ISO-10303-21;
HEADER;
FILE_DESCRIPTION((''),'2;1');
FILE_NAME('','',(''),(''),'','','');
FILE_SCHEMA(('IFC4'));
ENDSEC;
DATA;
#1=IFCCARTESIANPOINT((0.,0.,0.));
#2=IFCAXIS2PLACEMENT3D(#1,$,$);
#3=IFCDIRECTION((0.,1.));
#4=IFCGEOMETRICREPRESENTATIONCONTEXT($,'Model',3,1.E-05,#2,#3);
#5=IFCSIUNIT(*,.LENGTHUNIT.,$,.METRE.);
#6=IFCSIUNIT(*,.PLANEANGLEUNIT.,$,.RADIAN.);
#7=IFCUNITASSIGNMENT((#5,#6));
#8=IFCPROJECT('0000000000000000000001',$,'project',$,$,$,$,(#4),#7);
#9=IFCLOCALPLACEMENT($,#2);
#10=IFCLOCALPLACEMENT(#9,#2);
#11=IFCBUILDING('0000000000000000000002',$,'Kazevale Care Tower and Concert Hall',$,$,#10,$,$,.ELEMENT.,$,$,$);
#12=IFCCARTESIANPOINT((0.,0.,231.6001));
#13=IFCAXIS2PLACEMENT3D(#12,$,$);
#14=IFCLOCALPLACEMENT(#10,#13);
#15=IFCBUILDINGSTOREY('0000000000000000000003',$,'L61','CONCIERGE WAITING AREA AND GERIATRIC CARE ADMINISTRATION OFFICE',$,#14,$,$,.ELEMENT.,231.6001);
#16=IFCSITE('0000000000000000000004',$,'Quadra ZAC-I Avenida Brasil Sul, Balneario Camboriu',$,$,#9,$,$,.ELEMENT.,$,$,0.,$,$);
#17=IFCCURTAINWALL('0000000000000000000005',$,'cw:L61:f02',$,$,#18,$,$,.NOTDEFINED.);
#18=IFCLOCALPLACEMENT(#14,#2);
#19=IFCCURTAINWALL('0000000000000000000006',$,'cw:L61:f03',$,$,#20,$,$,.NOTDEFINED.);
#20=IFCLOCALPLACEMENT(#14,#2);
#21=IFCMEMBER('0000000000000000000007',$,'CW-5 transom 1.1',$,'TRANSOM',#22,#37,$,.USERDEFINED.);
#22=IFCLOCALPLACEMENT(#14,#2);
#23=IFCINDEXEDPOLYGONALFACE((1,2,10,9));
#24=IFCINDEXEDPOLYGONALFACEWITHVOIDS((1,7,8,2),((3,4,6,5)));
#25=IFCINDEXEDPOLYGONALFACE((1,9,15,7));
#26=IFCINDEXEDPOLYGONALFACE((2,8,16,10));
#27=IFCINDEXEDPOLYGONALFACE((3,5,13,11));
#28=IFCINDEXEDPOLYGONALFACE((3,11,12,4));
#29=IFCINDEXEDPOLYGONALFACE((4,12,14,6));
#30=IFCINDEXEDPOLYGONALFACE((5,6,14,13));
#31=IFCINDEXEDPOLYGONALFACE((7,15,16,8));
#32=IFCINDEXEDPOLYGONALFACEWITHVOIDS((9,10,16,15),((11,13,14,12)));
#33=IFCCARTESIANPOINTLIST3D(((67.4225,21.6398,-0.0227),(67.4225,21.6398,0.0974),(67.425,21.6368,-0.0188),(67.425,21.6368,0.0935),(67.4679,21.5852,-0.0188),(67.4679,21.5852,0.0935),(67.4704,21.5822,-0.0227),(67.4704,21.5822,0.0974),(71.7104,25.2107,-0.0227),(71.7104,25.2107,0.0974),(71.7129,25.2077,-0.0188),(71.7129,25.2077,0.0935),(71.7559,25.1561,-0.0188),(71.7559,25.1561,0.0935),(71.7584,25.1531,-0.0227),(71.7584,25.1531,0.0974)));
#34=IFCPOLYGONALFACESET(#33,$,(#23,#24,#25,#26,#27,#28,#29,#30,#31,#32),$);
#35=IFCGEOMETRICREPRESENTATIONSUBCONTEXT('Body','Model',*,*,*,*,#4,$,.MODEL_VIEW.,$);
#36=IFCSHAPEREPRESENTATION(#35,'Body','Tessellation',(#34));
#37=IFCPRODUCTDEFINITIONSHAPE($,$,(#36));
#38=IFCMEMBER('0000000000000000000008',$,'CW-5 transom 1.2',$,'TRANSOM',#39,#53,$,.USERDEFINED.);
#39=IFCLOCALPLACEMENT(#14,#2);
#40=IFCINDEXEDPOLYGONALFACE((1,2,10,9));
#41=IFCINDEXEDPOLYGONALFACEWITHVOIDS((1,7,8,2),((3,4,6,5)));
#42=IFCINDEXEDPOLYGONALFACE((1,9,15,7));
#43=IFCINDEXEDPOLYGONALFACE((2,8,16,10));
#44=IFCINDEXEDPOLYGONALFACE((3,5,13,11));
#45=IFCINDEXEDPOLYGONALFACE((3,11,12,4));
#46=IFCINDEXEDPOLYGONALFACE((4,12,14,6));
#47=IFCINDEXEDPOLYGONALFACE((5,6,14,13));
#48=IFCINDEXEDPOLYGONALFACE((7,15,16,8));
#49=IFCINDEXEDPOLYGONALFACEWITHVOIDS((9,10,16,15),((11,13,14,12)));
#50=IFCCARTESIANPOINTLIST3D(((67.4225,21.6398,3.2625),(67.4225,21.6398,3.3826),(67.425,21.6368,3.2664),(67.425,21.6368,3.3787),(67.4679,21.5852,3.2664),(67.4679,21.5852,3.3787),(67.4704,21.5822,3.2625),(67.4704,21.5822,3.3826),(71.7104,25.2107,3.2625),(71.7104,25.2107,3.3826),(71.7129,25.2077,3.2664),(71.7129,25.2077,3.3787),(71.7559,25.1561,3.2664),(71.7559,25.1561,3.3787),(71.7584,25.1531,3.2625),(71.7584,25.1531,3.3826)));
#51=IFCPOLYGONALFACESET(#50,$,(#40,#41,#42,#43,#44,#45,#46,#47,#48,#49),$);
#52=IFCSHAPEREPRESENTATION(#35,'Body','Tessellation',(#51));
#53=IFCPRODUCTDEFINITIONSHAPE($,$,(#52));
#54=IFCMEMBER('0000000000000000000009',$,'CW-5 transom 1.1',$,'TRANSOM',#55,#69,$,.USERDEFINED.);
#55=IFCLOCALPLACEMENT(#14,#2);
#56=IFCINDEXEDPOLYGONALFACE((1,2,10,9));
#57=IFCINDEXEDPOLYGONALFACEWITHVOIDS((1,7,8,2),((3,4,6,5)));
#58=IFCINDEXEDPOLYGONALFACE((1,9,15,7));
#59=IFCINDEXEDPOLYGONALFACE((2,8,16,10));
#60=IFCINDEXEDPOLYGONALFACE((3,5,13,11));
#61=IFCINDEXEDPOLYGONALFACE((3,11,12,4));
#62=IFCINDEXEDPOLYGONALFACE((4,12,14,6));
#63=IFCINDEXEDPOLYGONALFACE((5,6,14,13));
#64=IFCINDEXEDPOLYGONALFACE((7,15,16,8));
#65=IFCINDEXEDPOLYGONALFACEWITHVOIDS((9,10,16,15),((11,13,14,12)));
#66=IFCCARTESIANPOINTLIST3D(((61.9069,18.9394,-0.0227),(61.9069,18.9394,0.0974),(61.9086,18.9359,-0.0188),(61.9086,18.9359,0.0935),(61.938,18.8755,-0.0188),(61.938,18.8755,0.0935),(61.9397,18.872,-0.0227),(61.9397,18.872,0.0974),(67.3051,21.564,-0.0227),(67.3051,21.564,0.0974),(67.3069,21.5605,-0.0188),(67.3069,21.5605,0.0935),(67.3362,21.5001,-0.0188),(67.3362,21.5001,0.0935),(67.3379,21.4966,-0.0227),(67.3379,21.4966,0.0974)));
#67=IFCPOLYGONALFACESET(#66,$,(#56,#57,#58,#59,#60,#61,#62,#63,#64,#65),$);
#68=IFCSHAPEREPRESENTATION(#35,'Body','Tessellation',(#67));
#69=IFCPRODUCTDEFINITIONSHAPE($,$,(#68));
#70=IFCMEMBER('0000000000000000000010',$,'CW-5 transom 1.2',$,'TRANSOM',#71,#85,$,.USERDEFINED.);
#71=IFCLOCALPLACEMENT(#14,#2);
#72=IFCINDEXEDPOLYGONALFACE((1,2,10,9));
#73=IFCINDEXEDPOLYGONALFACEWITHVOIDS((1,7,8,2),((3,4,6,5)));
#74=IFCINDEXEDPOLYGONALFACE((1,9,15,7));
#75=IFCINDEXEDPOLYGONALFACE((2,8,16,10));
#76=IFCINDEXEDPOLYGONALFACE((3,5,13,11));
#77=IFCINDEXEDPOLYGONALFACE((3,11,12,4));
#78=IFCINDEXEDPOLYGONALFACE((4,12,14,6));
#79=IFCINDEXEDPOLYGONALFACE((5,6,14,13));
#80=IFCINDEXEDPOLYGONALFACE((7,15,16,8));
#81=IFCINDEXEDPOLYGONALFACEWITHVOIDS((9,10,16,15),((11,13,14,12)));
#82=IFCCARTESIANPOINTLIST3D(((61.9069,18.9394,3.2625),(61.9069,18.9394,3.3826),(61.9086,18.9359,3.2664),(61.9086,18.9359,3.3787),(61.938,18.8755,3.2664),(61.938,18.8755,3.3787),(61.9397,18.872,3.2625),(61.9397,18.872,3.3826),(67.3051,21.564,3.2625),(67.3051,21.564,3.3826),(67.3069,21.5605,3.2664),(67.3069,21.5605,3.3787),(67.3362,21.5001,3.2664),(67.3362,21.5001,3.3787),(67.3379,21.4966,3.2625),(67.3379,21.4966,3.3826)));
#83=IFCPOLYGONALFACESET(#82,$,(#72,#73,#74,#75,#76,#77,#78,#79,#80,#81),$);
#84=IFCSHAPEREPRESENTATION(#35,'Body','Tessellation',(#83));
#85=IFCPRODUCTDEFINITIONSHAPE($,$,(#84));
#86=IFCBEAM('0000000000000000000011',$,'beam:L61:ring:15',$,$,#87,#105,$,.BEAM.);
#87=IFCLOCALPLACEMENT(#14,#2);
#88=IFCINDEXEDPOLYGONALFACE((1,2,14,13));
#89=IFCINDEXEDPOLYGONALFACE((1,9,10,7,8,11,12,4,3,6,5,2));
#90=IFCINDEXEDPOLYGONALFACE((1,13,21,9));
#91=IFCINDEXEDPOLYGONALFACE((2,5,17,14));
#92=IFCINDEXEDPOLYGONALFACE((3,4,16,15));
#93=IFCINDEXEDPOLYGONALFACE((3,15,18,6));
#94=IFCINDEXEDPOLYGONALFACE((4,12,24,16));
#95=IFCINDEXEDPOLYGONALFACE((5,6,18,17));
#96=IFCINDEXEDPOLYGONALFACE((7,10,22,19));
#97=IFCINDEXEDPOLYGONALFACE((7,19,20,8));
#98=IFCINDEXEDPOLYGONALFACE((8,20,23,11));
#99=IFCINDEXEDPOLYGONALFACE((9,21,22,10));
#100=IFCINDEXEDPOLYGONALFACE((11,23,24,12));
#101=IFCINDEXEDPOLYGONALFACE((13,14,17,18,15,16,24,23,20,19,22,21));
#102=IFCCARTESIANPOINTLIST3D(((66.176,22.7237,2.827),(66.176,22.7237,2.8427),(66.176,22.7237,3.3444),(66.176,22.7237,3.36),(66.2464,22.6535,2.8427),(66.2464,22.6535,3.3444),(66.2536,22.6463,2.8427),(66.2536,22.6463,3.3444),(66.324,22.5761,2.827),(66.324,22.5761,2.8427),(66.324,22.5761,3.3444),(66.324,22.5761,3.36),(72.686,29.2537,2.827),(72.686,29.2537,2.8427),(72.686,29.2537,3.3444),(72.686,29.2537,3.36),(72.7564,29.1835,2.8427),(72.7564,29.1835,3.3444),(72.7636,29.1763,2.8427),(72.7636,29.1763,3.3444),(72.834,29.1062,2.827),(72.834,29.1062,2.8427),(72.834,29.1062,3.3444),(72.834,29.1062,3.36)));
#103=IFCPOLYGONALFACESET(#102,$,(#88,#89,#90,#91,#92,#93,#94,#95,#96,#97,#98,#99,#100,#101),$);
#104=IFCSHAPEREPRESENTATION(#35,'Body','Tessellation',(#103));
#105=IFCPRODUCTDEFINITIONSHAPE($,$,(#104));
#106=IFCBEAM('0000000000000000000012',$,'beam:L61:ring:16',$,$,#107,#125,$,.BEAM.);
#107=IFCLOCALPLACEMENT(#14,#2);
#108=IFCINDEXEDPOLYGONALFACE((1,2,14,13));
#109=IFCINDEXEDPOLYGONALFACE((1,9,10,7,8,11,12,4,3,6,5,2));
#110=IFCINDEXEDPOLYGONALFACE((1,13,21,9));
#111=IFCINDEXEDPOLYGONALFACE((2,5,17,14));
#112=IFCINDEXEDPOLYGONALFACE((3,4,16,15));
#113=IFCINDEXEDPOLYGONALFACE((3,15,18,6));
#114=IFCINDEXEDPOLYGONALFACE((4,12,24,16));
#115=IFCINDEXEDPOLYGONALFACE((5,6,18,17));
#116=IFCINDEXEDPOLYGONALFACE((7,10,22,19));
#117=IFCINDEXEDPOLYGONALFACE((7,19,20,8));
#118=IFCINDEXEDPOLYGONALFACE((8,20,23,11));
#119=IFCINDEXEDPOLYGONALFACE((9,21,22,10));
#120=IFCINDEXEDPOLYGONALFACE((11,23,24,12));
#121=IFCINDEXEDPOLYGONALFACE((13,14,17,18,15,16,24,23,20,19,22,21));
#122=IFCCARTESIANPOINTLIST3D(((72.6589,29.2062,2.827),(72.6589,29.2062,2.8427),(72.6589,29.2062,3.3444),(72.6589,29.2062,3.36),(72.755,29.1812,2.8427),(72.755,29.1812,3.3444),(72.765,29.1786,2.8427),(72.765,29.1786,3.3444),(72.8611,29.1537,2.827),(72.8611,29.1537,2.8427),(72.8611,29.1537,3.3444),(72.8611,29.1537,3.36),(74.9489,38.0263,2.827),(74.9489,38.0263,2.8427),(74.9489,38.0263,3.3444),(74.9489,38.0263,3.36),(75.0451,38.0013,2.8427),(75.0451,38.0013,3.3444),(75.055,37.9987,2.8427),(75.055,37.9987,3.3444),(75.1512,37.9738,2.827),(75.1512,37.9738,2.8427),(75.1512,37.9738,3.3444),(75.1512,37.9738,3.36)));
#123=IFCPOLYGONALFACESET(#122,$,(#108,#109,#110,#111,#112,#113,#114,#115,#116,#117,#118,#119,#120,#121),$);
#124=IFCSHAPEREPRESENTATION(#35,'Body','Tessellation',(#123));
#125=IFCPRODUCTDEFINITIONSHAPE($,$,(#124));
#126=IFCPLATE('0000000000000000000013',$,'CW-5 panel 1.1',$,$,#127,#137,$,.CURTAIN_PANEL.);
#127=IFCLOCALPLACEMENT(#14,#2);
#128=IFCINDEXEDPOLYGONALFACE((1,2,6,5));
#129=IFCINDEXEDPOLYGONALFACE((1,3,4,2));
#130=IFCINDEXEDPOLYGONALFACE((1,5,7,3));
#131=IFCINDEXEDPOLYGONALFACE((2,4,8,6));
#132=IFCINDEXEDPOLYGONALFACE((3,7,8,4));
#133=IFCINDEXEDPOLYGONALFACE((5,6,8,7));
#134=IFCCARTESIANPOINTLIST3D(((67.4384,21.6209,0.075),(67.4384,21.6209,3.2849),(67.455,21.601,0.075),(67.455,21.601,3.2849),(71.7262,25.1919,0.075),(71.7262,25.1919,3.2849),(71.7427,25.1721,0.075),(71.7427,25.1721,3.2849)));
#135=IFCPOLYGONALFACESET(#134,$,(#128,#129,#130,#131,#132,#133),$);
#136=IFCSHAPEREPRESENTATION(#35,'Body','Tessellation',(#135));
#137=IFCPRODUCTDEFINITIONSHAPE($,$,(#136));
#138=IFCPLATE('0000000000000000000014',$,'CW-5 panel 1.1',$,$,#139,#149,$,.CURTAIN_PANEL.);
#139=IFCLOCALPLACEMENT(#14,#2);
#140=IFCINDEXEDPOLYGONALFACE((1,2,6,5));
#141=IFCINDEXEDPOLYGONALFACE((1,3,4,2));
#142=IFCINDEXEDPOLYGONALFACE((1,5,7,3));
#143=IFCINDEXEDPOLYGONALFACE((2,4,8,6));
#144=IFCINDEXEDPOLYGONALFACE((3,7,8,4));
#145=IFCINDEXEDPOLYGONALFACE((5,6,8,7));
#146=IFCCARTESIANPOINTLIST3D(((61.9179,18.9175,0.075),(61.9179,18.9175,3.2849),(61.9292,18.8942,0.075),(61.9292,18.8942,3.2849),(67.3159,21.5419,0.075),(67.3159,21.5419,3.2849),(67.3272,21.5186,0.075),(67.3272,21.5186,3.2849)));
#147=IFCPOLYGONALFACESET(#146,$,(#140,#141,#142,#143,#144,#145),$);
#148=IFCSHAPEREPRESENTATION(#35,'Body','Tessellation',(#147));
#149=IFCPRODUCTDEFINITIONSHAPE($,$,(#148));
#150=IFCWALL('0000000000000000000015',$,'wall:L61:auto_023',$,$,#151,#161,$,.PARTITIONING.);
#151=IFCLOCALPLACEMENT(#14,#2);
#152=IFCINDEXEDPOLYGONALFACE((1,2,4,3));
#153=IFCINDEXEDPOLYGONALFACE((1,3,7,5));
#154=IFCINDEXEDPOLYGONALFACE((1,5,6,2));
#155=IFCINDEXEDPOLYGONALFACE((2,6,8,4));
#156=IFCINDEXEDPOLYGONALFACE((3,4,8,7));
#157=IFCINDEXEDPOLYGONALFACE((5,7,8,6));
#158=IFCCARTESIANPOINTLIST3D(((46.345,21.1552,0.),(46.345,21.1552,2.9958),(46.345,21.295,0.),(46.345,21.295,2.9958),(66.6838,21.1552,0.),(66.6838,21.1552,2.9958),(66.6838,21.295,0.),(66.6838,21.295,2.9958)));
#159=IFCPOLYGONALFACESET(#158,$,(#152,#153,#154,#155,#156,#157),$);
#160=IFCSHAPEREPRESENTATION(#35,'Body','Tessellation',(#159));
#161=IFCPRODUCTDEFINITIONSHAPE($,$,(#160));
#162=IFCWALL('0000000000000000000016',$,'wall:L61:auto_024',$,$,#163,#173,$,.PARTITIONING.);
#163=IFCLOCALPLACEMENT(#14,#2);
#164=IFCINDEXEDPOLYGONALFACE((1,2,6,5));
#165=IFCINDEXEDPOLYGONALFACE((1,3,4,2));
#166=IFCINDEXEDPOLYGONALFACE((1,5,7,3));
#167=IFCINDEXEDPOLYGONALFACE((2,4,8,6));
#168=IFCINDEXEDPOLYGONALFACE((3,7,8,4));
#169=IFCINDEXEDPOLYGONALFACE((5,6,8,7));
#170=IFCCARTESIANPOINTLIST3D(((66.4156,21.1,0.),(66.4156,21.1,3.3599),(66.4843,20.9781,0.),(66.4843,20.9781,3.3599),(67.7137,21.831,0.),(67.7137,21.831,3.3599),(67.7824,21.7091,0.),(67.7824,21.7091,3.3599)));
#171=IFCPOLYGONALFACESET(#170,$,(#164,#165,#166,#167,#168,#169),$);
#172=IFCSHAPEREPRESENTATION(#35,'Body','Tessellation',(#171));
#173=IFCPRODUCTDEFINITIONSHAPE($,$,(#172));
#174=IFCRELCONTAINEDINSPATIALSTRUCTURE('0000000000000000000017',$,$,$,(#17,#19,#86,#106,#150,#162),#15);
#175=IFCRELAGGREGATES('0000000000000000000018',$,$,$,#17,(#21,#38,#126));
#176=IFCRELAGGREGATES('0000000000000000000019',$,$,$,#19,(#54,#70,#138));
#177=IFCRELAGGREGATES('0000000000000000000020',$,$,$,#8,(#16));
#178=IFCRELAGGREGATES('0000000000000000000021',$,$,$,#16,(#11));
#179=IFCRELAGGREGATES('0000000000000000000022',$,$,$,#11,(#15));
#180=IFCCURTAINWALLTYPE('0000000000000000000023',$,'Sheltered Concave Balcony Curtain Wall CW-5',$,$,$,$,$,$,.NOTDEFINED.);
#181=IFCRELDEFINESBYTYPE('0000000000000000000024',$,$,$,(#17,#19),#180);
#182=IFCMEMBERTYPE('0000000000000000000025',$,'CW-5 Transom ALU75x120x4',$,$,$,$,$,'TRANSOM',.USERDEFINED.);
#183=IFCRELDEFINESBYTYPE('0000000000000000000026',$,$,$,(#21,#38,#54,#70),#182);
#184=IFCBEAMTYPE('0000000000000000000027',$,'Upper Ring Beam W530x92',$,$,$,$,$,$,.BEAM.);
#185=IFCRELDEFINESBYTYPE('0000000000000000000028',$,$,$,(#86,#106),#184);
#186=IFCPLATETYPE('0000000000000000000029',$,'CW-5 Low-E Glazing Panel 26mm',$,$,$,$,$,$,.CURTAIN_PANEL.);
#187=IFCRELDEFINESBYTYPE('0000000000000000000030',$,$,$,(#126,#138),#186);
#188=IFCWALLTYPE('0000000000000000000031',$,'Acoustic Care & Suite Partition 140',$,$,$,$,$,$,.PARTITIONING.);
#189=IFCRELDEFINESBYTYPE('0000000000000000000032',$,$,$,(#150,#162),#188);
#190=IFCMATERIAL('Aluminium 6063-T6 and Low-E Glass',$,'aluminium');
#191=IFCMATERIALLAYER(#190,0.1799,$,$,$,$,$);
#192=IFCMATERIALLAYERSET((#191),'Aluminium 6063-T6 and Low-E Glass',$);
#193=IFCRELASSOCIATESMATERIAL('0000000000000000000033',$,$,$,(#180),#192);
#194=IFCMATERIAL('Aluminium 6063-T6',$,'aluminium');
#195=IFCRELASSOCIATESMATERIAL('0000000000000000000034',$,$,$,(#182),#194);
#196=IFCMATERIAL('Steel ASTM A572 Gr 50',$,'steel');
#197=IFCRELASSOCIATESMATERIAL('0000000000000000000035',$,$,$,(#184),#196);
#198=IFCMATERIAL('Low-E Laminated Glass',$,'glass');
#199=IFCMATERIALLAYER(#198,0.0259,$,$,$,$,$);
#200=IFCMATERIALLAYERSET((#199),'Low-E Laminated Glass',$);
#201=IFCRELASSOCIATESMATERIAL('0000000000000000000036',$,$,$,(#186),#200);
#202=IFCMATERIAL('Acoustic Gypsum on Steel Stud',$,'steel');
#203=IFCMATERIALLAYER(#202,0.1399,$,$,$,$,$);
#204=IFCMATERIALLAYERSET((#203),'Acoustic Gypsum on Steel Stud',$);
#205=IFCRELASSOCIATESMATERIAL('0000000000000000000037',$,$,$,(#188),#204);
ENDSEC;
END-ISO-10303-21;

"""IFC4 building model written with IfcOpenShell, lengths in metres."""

from ifc_helpers import new_model, si_unit, direction, frame, frame_2d, origin, origin_2d, place, context, subcontext, project, spatial, rectangle, hollow_rectangle, i_section, extrude, material, layer, layer_set, material_profile, profile_set, type_object, element, aggregate, save


model = new_model("IFC4")

# Units and contexts
model_context = context("Model", 3, precision=1e-05, world=origin(), true_north=direction((0.0, 1.0)))
body_context = subcontext(model_context, "Body", "Model", "MODEL_VIEW")
ifc_project = project(units=[si_unit("LENGTHUNIT", "METRE"), si_unit("PLANEANGLEUNIT", "RADIAN")], contexts=[model_context])

# Site, building, storey
site_placement = place(None, origin())
site = spatial("IfcSite", under=ifc_project, at=site_placement, Name="Quadra ZAC-I Avenida Brasil Sul, Balneario Camboriu", CompositionType="ELEMENT", RefElevation=0.0)
building_placement = place(site_placement, origin())
building = spatial("IfcBuilding", under=site, at=building_placement, Name="Kazevale Care Tower and Concert Hall", CompositionType="ELEMENT")
storey_placement = place(building_placement, frame((0.0, 0.0, 231.6001)))
storey = spatial("IfcBuildingStorey", under=building, at=storey_placement, Name="L61", Description="CONCIERGE WAITING AREA AND GERIATRIC CARE ADMINISTRATION OFFICE", CompositionType="ELEMENT", Elevation=231.6001)

# Curtain walls
ifc_material_1 = material(Name="Aluminium 6063-T6 and Low-E Glass", Category="aluminium")
ifc_layer_1 = layer(ifc_material_1, 0.1799)
ifc_layer_set_1 = layer_set([ifc_layer_1], Name="Aluminium 6063-T6 and Low-E Glass")
curtain_wall_type = type_object("IfcCurtainWallType", Name="Sheltered Concave Balcony Curtain Wall CW-5", PredefinedType="NOTDEFINED", material=ifc_layer_set_1)
curtain_wall_1_placement = place(storey_placement, origin())
curtain_wall_1 = element("IfcCurtainWall", 1, at=curtain_wall_1_placement, inside=storey, type_object=curtain_wall_type, Name="cw:L61:f02", PredefinedType="NOTDEFINED")
ifc_material_2 = material(Name="Aluminium 6063-T6", Category="aluminium")
curtain_wall_2_placement = place(storey_placement, origin())
curtain_wall_2 = element("IfcCurtainWall", 2, at=curtain_wall_2_placement, inside=storey, type_object=curtain_wall_type, Name="cw:L61:f03", PredefinedType="NOTDEFINED")

# Members
ifc_material_profile_1 = material_profile(ifc_material_2, hollow_rectangle(XDim=0.075, YDim=0.1201, WallThickness=0.0039, at=origin_2d()), Name="ALU75x120x4")
ifc_profile_set_1 = profile_set([ifc_material_profile_1], Name="Aluminium 6063-T6")
member_type_1 = type_object("IfcMemberType", Name="CW-5 Transom ALU75x120x4", ElementType="TRANSOM", PredefinedType="USERDEFINED", material=ifc_profile_set_1)
member_1_placement = place(storey_placement, frame((71.7344, 25.1819, 0.0374), z_axis=(-0.768433, -0.63993, 0.0), x_axis=(0.63993, -0.768433, 0.0)))
member_1 = element("IfcMember", 3, at=member_1_placement, type_object=member_type_1, Name="CW-5 transom 1.1", ObjectType="TRANSOM", PredefinedType="USERDEFINED", context=body_context, shape_type="SweptSolid", body=[
    extrude(hollow_rectangle(XDim=0.075, YDim=0.1201, WallThickness=0.0039, at=origin_2d()), origin(), (0.0, 0.0, 1.0), 5.5801),
])
member_2_placement = place(storey_placement, frame((71.7344, 25.1819, 3.3225), z_axis=(-0.768433, -0.63993, 0.0), x_axis=(0.63993, -0.768433, 0.0)))
member_2 = element("IfcMember", 4, at=member_2_placement, type_object=member_type_1, Name="CW-5 transom 1.2", ObjectType="TRANSOM", PredefinedType="USERDEFINED", context=body_context, shape_type="SweptSolid", body=[
    extrude(hollow_rectangle(XDim=0.075, YDim=0.1201, WallThickness=0.0039, at=origin_2d()), origin(), (0.0, 0.0, 1.0), 5.5801),
])
member_3_placement = place(storey_placement, frame((67.3215, 21.5303, 0.0374), z_axis=(-0.899342, -0.437245, 0.0), x_axis=(0.437245, -0.899342, 0.0)))
member_3 = element("IfcMember", 5, at=member_3_placement, type_object=member_type_1, Name="CW-5 transom 1.1", ObjectType="TRANSOM", PredefinedType="USERDEFINED", context=body_context, shape_type="SweptSolid", body=[
    extrude(hollow_rectangle(XDim=0.075, YDim=0.1201, WallThickness=0.0039, at=origin_2d()), origin(), (0.0, 0.0, 1.0), 6.0024),
])
member_4_placement = place(storey_placement, frame((67.3215, 21.5303, 3.3225), z_axis=(-0.899342, -0.437245, 0.0), x_axis=(0.437245, -0.899342, 0.0)))
member_4 = element("IfcMember", 6, at=member_4_placement, type_object=member_type_1, Name="CW-5 transom 1.2", ObjectType="TRANSOM", PredefinedType="USERDEFINED", context=body_context, shape_type="SweptSolid", body=[
    extrude(hollow_rectangle(XDim=0.075, YDim=0.1201, WallThickness=0.0039, at=origin_2d()), origin(), (0.0, 0.0, 1.0), 6.0024),
])

# Beams
ifc_material_3 = material(Name="Steel ASTM A572 Gr 50", Category="steel")
ifc_material_profile_2 = material_profile(ifc_material_3, i_section(OverallWidth=0.209, OverallDepth=0.533, WebThickness=0.0103, FlangeThickness=0.0156, at=origin_2d()), Name="W530x92")
ifc_profile_set_2 = profile_set([ifc_material_profile_2], Name="Steel ASTM A572 Gr 50")
beam_type = type_object("IfcBeamType", Name="Upper Ring Beam W530x92", PredefinedType="BEAM", material=ifc_profile_set_2)
beam_1_placement = place(storey_placement, frame((66.25, 22.6499, 3.0935), z_axis=(0.70602, 0.708192, 0.0), x_axis=(-0.708192, 0.70602, 0.0)))
element("IfcBeam", 7, at=beam_1_placement, inside=storey, type_object=beam_type, Name="beam:L61:ring:15", PredefinedType="BEAM", context=body_context, shape_type="SweptSolid", body=[
    extrude(i_section(OverallWidth=0.209, OverallDepth=0.533, WebThickness=0.0103, FlangeThickness=0.0156, at=origin_2d()), origin(), (0.0, 0.0, 1.0), 9.2207),
])
beam_2_placement = place(storey_placement, frame((72.76, 29.1799, 3.0935), z_axis=(0.251307, 0.967907, 0.0), x_axis=(-0.967907, 0.251307, 0.0)))
element("IfcBeam", 8, at=beam_2_placement, inside=storey, type_object=beam_type, Name="beam:L61:ring:16", PredefinedType="BEAM", context=body_context, shape_type="SweptSolid", body=[
    extrude(i_section(OverallWidth=0.209, OverallDepth=0.533, WebThickness=0.0103, FlangeThickness=0.0156, at=origin_2d()), origin(), (0.0, 0.0, 1.0), 9.1125),
])

# Plates
ifc_material_4 = material(Name="Low-E Laminated Glass", Category="glass")
ifc_layer_2 = layer(ifc_material_4, 0.0259)
ifc_layer_set_2 = layer_set([ifc_layer_2], Name="Low-E Laminated Glass")
plate_type = type_object("IfcPlateType", Name="CW-5 Low-E Glazing Panel 26mm", PredefinedType="CURTAIN_PANEL", material=ifc_layer_set_2)
plate_1_placement = place(storey_placement, frame((69.5906, 23.3965, 0.075), z_axis=(0.0, 0.0, 1.0), x_axis=(-0.768407, -0.639961, 0.0)))
plate_1 = element("IfcPlate", 9, at=plate_1_placement, type_object=plate_type, Name="CW-5 panel 1.1", PredefinedType="CURTAIN_PANEL", context=body_context, shape_type="SweptSolid", body=[
    extrude(rectangle(XDim=5.5801, YDim=0.0259, at=origin_2d()), origin(), (0.0, 0.0, 1.0), 3.21),
])
aggregate(curtain_wall_1, [member_1, member_2, plate_1])
plate_2_placement = place(storey_placement, frame((64.6226, 20.218, 0.075), z_axis=(0.0, 0.0, 1.0), x_axis=(-0.899346, -0.437238, 0.0)))
plate_2 = element("IfcPlate", 10, at=plate_2_placement, type_object=plate_type, Name="CW-5 panel 1.1", PredefinedType="CURTAIN_PANEL", context=body_context, shape_type="SweptSolid", body=[
    extrude(rectangle(XDim=6.0022, YDim=0.0259, at=origin_2d()), origin(), (0.0, 0.0, 1.0), 3.21),
])
aggregate(curtain_wall_2, [member_3, member_4, plate_2])

# Walls
ifc_material_5 = material(Name="Acoustic Gypsum on Steel Stud", Category="steel")
ifc_layer_3 = layer(ifc_material_5, 0.1399)
ifc_layer_set_3 = layer_set([ifc_layer_3], Name="Acoustic Gypsum on Steel Stud")
wall_type = type_object("IfcWallType", Name="Acoustic Care & Suite Partition 140", PredefinedType="PARTITIONING", material=ifc_layer_set_3)
wall_1_placement = place(storey_placement, frame((66.6838, 21.2251, 0.0), z_axis=(0.0, 0.0, 1.0), x_axis=(-1.0, 0.0, 0.0)))
element("IfcWall", 11, at=wall_1_placement, inside=storey, type_object=wall_type, Name="wall:L61:auto_023", PredefinedType="PARTITIONING", context=body_context, shape_type="SweptSolid", body=[
    extrude(rectangle(XDim=20.3389, YDim=0.1399, at=frame_2d((10.1694, 0.0))), origin(), (0.0, 0.0, 1.0), 2.9958),
])
wall_2_placement = place(storey_placement, frame((67.748, 21.77, 0.0), z_axis=(0.0, 0.0, 1.0), x_axis=(-0.871352, -0.490658, 0.0)))
element("IfcWall", 12, at=wall_2_placement, inside=storey, type_object=wall_type, Name="wall:L61:auto_024", PredefinedType="PARTITIONING", context=body_context, shape_type="SweptSolid", body=[
    extrude(rectangle(XDim=1.4897, YDim=0.1399, at=frame_2d((0.7449, 0.0))), origin(), (0.0, 0.0, 1.0), 3.3599),
])

save(model, "model.ifc")
